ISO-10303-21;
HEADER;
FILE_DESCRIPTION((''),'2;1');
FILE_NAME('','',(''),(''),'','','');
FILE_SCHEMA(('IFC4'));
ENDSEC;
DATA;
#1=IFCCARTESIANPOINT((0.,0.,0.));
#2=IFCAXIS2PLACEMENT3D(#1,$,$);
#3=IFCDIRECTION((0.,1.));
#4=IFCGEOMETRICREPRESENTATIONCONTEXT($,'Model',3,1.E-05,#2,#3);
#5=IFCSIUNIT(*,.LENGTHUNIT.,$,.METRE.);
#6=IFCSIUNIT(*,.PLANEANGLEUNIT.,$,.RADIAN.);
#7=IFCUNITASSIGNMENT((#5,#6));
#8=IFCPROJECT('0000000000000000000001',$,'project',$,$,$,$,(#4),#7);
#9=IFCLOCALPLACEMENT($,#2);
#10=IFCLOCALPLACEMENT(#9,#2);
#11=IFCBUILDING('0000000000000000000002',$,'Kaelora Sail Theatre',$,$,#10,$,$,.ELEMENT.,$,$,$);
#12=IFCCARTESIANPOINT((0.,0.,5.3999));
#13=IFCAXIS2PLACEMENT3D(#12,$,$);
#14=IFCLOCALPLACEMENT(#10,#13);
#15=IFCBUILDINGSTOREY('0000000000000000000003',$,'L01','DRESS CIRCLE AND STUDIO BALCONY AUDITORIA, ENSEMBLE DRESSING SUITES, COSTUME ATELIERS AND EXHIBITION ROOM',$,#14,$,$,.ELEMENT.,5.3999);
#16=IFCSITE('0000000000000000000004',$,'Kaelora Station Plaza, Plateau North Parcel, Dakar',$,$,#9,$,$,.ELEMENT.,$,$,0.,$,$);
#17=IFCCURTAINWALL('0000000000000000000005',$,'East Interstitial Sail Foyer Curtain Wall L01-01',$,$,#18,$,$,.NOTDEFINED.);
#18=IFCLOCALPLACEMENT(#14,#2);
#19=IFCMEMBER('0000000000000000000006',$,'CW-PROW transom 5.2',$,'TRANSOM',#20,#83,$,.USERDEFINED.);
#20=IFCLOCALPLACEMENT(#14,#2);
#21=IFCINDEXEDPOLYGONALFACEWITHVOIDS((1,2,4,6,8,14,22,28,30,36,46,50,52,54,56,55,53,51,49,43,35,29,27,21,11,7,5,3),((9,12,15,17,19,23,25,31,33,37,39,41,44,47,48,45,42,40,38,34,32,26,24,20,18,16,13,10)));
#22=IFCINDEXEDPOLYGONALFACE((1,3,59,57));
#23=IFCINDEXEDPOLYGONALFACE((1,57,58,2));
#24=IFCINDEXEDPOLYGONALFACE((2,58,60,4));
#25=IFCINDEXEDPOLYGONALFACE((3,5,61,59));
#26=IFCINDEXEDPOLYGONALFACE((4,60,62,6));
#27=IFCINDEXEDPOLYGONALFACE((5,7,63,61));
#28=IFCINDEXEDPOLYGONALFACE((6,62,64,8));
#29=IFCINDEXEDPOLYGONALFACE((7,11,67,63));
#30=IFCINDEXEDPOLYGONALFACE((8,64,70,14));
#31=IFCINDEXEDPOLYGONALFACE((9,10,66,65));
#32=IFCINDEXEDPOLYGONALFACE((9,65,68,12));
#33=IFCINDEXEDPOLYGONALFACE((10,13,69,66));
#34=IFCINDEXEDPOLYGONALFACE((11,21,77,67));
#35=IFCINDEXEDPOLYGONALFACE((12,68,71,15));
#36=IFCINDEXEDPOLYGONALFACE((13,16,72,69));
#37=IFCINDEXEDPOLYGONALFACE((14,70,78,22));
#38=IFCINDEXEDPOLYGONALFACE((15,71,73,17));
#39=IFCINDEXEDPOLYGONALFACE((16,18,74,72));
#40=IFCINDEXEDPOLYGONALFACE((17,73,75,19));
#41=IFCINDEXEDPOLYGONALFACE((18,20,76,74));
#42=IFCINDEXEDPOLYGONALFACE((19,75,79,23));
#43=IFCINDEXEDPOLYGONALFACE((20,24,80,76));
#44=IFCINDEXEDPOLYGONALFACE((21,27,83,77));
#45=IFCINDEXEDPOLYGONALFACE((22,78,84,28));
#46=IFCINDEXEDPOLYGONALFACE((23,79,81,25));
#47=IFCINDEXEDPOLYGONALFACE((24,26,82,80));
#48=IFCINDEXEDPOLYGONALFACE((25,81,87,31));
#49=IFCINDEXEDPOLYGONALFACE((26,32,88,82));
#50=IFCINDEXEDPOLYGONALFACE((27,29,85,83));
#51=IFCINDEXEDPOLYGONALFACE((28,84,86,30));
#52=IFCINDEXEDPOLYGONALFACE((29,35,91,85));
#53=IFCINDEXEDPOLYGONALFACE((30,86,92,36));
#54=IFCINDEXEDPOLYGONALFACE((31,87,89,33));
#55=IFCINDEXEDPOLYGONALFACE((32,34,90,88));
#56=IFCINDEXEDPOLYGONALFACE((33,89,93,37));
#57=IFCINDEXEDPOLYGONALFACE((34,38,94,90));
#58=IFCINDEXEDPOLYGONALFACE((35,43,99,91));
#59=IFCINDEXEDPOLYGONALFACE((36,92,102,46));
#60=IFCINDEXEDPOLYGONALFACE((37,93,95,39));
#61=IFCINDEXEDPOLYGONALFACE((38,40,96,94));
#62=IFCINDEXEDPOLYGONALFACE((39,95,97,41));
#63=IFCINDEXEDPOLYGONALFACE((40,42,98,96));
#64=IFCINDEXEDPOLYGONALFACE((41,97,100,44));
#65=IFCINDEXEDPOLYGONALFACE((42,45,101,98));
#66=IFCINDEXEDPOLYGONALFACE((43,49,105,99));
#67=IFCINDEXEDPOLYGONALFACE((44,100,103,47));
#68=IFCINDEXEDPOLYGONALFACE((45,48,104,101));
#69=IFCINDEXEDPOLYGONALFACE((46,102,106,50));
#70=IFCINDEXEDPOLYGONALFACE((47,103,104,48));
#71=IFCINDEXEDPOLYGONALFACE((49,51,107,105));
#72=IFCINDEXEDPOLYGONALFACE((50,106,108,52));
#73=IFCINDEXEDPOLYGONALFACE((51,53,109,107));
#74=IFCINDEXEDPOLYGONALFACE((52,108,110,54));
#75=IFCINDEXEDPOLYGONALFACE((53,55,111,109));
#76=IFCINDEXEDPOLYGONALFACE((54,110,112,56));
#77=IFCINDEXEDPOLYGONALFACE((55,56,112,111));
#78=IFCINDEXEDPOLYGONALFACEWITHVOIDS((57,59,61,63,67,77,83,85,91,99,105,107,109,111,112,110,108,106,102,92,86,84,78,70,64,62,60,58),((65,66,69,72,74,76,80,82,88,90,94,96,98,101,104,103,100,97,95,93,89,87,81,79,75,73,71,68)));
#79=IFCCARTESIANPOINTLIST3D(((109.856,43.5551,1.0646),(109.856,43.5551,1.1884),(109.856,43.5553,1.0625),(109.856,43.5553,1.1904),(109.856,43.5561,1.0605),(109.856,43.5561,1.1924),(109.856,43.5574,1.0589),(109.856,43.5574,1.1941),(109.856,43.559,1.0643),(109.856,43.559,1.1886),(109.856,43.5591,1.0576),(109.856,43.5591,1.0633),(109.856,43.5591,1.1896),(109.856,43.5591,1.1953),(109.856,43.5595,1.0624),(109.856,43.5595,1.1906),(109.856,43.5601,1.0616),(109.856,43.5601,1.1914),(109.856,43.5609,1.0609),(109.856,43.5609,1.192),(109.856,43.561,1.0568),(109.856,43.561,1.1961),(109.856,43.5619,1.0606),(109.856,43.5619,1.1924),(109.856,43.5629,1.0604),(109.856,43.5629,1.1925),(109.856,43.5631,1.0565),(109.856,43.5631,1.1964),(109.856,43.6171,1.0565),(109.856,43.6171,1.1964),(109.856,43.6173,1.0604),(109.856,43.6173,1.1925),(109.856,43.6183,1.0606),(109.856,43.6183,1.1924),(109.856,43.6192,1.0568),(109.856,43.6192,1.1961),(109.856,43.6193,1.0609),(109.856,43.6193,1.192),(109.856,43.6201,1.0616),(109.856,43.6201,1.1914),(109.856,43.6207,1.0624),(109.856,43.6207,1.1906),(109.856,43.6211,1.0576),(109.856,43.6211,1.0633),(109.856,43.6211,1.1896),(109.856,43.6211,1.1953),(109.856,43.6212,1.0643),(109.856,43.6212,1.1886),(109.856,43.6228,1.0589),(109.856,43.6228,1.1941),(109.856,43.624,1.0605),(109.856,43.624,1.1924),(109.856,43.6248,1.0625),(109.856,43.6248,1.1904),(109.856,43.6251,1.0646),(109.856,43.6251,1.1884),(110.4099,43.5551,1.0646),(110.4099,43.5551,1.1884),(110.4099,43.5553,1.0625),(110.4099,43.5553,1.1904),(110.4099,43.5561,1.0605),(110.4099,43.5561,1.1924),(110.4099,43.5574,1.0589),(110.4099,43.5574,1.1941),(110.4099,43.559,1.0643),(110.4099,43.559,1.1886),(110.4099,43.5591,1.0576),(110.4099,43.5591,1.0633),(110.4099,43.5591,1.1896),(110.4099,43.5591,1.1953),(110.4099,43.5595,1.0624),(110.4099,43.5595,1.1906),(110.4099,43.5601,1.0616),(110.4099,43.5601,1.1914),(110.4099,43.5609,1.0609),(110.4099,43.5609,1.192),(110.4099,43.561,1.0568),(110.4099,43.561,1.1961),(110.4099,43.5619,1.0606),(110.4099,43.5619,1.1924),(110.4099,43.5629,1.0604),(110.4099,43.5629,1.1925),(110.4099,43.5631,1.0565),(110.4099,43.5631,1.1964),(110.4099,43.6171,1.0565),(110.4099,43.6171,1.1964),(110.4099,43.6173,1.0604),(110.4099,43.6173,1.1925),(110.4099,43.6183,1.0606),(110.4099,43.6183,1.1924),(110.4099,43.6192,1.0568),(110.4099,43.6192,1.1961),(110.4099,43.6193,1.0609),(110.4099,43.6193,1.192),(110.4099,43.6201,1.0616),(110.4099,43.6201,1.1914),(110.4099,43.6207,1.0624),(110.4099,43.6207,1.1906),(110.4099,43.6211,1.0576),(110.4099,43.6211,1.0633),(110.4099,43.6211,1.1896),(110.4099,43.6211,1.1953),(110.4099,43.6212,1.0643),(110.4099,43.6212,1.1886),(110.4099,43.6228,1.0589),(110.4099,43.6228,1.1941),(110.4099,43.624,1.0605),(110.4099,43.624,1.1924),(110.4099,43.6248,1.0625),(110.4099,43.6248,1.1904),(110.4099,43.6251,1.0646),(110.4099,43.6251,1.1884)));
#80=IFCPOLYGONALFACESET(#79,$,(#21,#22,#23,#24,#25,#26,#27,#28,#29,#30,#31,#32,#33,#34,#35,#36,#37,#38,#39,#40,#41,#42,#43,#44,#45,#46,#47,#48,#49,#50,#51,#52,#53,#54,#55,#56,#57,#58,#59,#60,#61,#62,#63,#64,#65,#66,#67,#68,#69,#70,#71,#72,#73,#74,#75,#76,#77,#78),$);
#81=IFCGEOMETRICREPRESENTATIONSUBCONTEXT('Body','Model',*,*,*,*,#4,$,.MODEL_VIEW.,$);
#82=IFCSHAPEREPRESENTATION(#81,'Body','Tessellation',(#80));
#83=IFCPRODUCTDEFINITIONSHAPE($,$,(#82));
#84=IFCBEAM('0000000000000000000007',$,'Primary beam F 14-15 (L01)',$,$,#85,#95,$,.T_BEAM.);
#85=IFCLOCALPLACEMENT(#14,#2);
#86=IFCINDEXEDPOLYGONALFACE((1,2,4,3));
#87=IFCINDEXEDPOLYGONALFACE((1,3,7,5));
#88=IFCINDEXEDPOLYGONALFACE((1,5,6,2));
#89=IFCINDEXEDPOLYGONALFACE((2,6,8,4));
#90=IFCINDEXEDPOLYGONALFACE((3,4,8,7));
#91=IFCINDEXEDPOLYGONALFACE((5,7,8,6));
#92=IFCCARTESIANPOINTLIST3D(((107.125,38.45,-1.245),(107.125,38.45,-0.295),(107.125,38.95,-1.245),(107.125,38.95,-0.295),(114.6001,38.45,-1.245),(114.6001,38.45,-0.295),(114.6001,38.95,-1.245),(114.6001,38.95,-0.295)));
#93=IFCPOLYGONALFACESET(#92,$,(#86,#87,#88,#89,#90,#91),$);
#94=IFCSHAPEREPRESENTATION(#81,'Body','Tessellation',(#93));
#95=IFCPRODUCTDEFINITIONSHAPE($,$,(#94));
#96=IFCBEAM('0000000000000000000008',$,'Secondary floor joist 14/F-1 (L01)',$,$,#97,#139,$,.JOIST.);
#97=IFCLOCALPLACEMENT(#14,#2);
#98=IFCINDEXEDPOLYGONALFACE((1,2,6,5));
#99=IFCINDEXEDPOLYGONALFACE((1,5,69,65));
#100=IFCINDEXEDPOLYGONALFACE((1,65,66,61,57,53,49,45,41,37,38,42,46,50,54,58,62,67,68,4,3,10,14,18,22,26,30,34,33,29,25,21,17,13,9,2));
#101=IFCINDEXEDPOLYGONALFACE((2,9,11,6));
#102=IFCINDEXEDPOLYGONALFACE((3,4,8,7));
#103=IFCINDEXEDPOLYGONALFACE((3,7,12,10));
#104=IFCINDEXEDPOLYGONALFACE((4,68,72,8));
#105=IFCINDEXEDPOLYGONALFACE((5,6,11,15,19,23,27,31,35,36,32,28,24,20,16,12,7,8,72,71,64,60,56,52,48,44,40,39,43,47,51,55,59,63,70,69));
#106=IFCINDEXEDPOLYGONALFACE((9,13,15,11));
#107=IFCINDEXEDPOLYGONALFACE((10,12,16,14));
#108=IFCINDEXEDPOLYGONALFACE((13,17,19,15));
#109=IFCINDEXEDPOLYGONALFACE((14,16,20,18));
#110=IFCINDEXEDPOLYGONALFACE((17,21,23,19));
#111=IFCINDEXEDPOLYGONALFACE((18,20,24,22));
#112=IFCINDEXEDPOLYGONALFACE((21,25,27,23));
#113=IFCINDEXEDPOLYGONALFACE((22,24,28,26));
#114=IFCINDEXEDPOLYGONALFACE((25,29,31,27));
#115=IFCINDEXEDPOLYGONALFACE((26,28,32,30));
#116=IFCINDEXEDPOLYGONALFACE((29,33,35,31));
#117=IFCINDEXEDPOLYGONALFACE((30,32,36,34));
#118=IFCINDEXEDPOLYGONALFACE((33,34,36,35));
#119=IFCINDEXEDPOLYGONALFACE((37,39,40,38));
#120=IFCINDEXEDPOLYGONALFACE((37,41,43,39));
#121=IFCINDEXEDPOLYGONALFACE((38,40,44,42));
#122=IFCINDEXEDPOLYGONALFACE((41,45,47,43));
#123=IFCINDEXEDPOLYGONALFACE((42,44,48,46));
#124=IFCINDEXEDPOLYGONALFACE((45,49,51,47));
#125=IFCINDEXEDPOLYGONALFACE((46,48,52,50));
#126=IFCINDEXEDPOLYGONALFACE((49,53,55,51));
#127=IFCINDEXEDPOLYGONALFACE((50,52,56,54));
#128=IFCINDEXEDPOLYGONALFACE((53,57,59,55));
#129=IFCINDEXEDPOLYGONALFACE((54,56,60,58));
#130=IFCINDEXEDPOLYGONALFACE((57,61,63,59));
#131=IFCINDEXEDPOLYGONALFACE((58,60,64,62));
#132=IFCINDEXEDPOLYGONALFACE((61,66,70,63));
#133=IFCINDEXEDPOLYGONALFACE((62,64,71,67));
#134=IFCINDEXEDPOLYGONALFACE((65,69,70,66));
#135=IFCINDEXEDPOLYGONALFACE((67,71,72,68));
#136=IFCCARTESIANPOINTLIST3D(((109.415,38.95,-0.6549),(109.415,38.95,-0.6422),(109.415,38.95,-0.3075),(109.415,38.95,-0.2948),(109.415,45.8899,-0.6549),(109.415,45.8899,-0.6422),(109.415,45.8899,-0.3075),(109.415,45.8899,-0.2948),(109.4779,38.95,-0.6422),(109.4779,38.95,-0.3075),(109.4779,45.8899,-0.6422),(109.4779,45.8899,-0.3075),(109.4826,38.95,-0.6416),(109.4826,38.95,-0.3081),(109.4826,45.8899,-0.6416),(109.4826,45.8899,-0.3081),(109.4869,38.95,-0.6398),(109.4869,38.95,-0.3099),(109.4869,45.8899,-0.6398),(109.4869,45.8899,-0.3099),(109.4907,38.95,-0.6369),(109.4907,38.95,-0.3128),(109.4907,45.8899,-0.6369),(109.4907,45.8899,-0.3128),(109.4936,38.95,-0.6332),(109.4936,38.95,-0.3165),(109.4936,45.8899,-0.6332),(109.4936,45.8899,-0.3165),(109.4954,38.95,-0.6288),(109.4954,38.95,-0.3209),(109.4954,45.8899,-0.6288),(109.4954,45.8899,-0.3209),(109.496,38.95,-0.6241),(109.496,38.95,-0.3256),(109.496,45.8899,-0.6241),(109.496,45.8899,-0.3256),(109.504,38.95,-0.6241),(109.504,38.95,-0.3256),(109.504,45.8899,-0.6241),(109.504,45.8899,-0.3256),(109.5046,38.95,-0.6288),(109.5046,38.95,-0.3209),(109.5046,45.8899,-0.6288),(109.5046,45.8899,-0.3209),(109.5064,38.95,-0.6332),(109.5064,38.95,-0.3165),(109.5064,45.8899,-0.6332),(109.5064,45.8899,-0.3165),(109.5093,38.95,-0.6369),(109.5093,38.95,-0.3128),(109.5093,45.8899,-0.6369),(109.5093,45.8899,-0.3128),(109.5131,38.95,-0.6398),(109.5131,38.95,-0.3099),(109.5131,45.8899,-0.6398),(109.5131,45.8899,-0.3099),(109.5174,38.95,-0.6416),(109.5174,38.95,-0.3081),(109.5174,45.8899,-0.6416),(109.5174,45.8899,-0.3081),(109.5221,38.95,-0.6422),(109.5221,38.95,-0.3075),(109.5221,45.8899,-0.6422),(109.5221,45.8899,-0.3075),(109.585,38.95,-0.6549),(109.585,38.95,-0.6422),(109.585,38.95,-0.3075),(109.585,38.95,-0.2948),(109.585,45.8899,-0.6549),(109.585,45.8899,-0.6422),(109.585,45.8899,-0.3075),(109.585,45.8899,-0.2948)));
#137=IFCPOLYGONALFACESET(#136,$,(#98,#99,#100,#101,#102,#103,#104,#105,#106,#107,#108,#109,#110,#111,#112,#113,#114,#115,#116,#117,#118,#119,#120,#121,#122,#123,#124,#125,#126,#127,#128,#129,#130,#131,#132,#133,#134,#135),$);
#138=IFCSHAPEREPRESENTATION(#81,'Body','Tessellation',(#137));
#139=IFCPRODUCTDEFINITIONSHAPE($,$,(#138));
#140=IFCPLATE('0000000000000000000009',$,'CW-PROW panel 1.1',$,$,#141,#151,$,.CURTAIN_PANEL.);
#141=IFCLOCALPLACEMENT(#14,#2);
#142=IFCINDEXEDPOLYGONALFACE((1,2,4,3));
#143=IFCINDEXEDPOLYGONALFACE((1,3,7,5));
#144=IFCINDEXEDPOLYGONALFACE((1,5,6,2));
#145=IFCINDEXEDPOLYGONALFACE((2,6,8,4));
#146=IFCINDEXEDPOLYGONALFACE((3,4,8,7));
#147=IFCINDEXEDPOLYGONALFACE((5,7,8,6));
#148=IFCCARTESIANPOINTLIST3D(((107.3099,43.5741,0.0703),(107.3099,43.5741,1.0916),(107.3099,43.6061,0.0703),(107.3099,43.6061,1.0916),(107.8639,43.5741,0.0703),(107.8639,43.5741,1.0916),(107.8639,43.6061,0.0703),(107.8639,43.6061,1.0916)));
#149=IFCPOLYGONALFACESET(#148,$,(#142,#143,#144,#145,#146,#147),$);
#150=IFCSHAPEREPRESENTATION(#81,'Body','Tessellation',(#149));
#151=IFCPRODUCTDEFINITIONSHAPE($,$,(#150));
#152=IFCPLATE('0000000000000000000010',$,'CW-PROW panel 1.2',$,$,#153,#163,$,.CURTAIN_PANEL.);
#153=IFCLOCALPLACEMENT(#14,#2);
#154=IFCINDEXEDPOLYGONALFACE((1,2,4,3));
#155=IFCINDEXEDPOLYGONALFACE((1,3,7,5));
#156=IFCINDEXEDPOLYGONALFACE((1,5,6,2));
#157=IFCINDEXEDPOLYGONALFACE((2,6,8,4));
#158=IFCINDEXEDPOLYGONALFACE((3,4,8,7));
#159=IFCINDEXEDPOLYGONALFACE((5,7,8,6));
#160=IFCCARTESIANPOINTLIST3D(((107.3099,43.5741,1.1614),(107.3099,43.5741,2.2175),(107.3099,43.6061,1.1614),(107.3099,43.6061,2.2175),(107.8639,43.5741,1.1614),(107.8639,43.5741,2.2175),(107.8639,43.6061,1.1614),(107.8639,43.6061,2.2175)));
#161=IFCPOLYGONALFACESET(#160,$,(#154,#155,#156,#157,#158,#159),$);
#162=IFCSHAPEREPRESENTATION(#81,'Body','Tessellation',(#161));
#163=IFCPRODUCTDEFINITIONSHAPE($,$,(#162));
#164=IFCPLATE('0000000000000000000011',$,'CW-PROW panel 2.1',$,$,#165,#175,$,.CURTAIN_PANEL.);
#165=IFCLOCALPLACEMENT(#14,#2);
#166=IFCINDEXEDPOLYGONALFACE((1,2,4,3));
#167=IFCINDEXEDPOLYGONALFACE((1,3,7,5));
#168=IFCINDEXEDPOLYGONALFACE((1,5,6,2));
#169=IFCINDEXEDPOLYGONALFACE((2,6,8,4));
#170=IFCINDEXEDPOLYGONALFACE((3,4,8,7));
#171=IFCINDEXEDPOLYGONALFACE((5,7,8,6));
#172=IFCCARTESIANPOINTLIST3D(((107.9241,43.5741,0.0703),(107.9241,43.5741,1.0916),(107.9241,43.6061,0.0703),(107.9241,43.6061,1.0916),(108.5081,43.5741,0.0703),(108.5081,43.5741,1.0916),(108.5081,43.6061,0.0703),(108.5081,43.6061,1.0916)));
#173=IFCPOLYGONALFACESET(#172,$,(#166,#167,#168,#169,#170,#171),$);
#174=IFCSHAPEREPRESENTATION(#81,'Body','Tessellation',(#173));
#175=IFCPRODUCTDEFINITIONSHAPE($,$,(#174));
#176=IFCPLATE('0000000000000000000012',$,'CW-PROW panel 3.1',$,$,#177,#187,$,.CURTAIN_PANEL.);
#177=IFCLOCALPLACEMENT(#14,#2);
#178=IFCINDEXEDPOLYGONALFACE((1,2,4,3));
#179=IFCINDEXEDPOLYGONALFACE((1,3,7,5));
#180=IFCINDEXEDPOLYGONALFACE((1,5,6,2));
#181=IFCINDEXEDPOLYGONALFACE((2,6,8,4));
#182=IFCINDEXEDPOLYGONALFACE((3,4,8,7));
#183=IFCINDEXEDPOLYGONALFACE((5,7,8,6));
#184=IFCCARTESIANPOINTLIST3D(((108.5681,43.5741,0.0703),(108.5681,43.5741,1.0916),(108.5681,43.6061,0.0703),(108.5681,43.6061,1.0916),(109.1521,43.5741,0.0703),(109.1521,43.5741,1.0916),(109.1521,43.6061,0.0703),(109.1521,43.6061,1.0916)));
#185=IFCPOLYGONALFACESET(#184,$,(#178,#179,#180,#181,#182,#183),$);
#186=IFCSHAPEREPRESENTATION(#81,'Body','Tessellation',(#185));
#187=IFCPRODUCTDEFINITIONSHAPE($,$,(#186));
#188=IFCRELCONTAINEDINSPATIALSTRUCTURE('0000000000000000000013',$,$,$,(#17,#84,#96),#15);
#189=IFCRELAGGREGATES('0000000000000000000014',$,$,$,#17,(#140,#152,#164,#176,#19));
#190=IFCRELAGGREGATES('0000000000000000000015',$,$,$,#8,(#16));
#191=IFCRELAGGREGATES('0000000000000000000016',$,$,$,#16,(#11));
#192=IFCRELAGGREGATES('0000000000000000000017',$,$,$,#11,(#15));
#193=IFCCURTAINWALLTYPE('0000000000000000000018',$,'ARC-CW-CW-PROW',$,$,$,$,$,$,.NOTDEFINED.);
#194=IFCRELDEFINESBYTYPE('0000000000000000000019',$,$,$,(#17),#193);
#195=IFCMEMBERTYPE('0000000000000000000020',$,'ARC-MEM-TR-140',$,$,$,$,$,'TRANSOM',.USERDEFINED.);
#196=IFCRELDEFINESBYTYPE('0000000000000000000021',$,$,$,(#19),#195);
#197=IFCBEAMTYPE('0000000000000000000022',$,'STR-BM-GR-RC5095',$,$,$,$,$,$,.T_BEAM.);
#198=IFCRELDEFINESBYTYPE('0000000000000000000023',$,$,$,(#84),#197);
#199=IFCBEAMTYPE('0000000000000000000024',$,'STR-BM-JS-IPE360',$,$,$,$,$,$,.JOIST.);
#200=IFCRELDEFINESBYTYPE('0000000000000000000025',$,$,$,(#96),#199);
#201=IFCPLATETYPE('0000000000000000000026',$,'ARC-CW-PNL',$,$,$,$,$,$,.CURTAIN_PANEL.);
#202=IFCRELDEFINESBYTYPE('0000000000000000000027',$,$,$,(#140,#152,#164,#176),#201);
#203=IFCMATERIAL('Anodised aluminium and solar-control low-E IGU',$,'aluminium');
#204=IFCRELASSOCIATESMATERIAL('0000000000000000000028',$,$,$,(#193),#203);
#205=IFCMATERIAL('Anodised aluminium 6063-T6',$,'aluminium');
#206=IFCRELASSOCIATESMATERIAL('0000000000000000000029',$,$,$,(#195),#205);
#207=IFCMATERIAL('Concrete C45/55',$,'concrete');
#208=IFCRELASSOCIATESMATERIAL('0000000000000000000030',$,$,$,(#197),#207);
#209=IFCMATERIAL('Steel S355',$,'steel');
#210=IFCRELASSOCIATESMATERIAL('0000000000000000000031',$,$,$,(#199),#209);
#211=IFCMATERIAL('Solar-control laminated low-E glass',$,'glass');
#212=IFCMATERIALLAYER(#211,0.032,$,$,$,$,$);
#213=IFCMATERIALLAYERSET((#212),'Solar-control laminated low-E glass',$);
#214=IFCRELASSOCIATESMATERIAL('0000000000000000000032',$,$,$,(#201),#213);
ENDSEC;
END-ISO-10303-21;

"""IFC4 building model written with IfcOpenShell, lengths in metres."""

from ifc_helpers import new_model, si_unit, direction, frame, origin, origin_2d, place, context, subcontext, project, spatial, rectangle, hollow_rectangle, i_section, extrude, material, layer, layer_set, material_profile, profile_set, type_object, element, aggregate, save


model = new_model("IFC4")

# Units and contexts
model_context = context("Model", 3, precision=1e-05, world=origin(), true_north=direction((0.0, 1.0)))
body_context = subcontext(model_context, "Body", "Model", "MODEL_VIEW")
ifc_project = project(units=[si_unit("LENGTHUNIT", "METRE"), si_unit("PLANEANGLEUNIT", "RADIAN")], contexts=[model_context])

# Site, building, storey
site_placement = place(None, origin())
site = spatial("IfcSite", under=ifc_project, at=site_placement, Name="Kaelora Station Plaza, Plateau North Parcel, Dakar", CompositionType="ELEMENT", RefElevation=0.0)
building_placement = place(site_placement, origin())
building = spatial("IfcBuilding", under=site, at=building_placement, Name="Kaelora Sail Theatre", CompositionType="ELEMENT")
storey_placement = place(building_placement, frame((0.0, 0.0, 5.3999)))
storey = spatial("IfcBuildingStorey", under=building, at=storey_placement, Name="L01", Description="DRESS CIRCLE AND STUDIO BALCONY AUDITORIA, ENSEMBLE DRESSING SUITES, COSTUME ATELIERS AND EXHIBITION ROOM", CompositionType="ELEMENT", Elevation=5.3999)

# Curtain wall, member
ifc_material_1 = material(Name="Anodised aluminium and solar-control low-E IGU", Category="aluminium")
curtain_wall_type = type_object("IfcCurtainWallType", Name="ARC-CW-CW-PROW", PredefinedType="NOTDEFINED", material=ifc_material_1)
curtain_wall_placement = place(storey_placement, origin())
curtain_wall = element("IfcCurtainWall", 1, at=curtain_wall_placement, inside=storey, type_object=curtain_wall_type, Name="East Interstitial Sail Foyer Curtain Wall L01-01", PredefinedType="NOTDEFINED")
ifc_material_2 = material(Name="Anodised aluminium 6063-T6", Category="aluminium")
ifc_material_profile_1 = material_profile(ifc_material_2, hollow_rectangle(XDim=0.0701, YDim=0.1399, WallThickness=0.0039, InnerFilletRadius=0.0039, OuterFilletRadius=0.0081, at=origin_2d()), Name="ALU-TRAN 70x140x4")
ifc_profile_set_1 = profile_set([ifc_material_profile_1], Name="Anodised aluminium 6063-T6")
member_type_1 = type_object("IfcMemberType", Name="ARC-MEM-TR-140", ElementType="TRANSOM", PredefinedType="USERDEFINED", material=ifc_profile_set_1)
member_1_placement = place(storey_placement, frame((109.856, 43.5901, 1.1265), z_axis=(1.0, 0.0, 0.0), x_axis=(0.0, 1.0, 0.0)))
member_1 = element("IfcMember", 2, at=member_1_placement, type_object=member_type_1, Name="CW-PROW transom 5.2", ObjectType="TRANSOM", PredefinedType="USERDEFINED", context=body_context, shape_type="SweptSolid", body=[
    extrude(hollow_rectangle(XDim=0.0701, YDim=0.1399, WallThickness=0.0039, InnerFilletRadius=0.0039, OuterFilletRadius=0.0081, at=origin_2d()), origin(), (0.0, 0.0, 1.0), 0.554),
])

# Beams
ifc_material_3 = material(Name="Concrete C45/55", Category="concrete")
ifc_material_profile_2 = material_profile(ifc_material_3, rectangle(XDim=0.5, YDim=0.95, at=origin_2d()), Name="RC-GRD 500x950")
ifc_profile_set_2 = profile_set([ifc_material_profile_2], Name="Concrete C45/55")
beam_type_1 = type_object("IfcBeamType", Name="STR-BM-GR-RC5095", PredefinedType="T_BEAM", material=ifc_profile_set_2)
beam_1_placement = place(storey_placement, frame((107.125, 38.7, -0.77), z_axis=(1.0, 0.0, 0.0), x_axis=(0.0, 1.0, 0.0)))
element("IfcBeam", 3, at=beam_1_placement, inside=storey, type_object=beam_type_1, Name="Primary beam F 14-15 (L01)", PredefinedType="T_BEAM", context=body_context, shape_type="SweptSolid", body=[
    extrude(rectangle(XDim=0.5, YDim=0.95, at=origin_2d()), origin(), (0.0, 0.0, 1.0), 7.4751),
])
ifc_material_4 = material(Name="Steel S355", Category="steel")
ifc_material_profile_3 = material_profile(ifc_material_4, i_section(OverallWidth=0.1699, OverallDepth=0.3601, WebThickness=0.0081, FlangeThickness=0.0127, FilletRadius=0.0181, at=origin_2d()), Name="IPE 360")
ifc_profile_set_3 = profile_set([ifc_material_profile_3], Name="Steel S355")
beam_type_2 = type_object("IfcBeamType", Name="STR-BM-JS-IPE360", PredefinedType="JOIST", material=ifc_profile_set_3)
beam_2_placement = place(storey_placement, frame((109.5, 38.95, -0.4749), z_axis=(0.0, 1.0, 0.0), x_axis=(-1.0, 0.0, 0.0)))
element("IfcBeam", 4, at=beam_2_placement, inside=storey, type_object=beam_type_2, Name="Secondary floor joist 14/F-1 (L01)", PredefinedType="JOIST", context=body_context, shape_type="SweptSolid", body=[
    extrude(i_section(OverallWidth=0.1699, OverallDepth=0.3601, WebThickness=0.0081, FlangeThickness=0.0127, FilletRadius=0.0181, at=origin_2d()), origin(), (0.0, 0.0, 1.0), 6.9399),
])

# Plates
ifc_material_5 = material(Name="Solar-control laminated low-E glass", Category="glass")
ifc_layer = layer(ifc_material_5, 0.032)
ifc_layer_set = layer_set([ifc_layer], Name="Solar-control laminated low-E glass")
plate_type = type_object("IfcPlateType", Name="ARC-CW-PNL", PredefinedType="CURTAIN_PANEL", material=ifc_layer_set)
plate_1_placement = place(storey_placement, frame((107.5869, 43.5901, 0.0703), z_axis=(0.0, 0.0, 1.0), x_axis=(1.0, 0.0, 0.0)))
plate_1 = element("IfcPlate", 5, at=plate_1_placement, type_object=plate_type, Name="CW-PROW panel 1.1", PredefinedType="CURTAIN_PANEL", context=body_context, shape_type="SweptSolid", body=[
    extrude(rectangle(XDim=0.554, YDim=0.032, at=origin_2d()), origin(), (0.0, 0.0, 1.0), 1.0212),
])
plate_2_placement = place(storey_placement, frame((107.5869, 43.5901, 1.1614), z_axis=(0.0, 0.0, 1.0), x_axis=(1.0, 0.0, 0.0)))
plate_2 = element("IfcPlate", 6, at=plate_2_placement, type_object=plate_type, Name="CW-PROW panel 1.2", PredefinedType="CURTAIN_PANEL", context=body_context, shape_type="SweptSolid", body=[
    extrude(rectangle(XDim=0.554, YDim=0.032, at=origin_2d()), origin(), (0.0, 0.0, 1.0), 1.0562),
])
plate_3_placement = place(storey_placement, frame((108.2161, 43.5901, 0.0703), z_axis=(0.0, 0.0, 1.0), x_axis=(1.0, 0.0, 0.0)))
plate_3 = element("IfcPlate", 7, at=plate_3_placement, type_object=plate_type, Name="CW-PROW panel 2.1", PredefinedType="CURTAIN_PANEL", context=body_context, shape_type="SweptSolid", body=[
    extrude(rectangle(XDim=0.584, YDim=0.032, at=origin_2d()), origin(), (0.0, 0.0, 1.0), 1.0212),
])
plate_4_placement = place(storey_placement, frame((108.8601, 43.5901, 0.0703), z_axis=(0.0, 0.0, 1.0), x_axis=(1.0, 0.0, 0.0)))
plate_4 = element("IfcPlate", 8, at=plate_4_placement, type_object=plate_type, Name="CW-PROW panel 3.1", PredefinedType="CURTAIN_PANEL", context=body_context, shape_type="SweptSolid", body=[
    extrude(rectangle(XDim=0.584, YDim=0.032, at=origin_2d()), origin(), (0.0, 0.0, 1.0), 1.0212),
])
aggregate(curtain_wall, [plate_1, plate_2, plate_3, plate_4, member_1])

save(model, "model.ifc")
